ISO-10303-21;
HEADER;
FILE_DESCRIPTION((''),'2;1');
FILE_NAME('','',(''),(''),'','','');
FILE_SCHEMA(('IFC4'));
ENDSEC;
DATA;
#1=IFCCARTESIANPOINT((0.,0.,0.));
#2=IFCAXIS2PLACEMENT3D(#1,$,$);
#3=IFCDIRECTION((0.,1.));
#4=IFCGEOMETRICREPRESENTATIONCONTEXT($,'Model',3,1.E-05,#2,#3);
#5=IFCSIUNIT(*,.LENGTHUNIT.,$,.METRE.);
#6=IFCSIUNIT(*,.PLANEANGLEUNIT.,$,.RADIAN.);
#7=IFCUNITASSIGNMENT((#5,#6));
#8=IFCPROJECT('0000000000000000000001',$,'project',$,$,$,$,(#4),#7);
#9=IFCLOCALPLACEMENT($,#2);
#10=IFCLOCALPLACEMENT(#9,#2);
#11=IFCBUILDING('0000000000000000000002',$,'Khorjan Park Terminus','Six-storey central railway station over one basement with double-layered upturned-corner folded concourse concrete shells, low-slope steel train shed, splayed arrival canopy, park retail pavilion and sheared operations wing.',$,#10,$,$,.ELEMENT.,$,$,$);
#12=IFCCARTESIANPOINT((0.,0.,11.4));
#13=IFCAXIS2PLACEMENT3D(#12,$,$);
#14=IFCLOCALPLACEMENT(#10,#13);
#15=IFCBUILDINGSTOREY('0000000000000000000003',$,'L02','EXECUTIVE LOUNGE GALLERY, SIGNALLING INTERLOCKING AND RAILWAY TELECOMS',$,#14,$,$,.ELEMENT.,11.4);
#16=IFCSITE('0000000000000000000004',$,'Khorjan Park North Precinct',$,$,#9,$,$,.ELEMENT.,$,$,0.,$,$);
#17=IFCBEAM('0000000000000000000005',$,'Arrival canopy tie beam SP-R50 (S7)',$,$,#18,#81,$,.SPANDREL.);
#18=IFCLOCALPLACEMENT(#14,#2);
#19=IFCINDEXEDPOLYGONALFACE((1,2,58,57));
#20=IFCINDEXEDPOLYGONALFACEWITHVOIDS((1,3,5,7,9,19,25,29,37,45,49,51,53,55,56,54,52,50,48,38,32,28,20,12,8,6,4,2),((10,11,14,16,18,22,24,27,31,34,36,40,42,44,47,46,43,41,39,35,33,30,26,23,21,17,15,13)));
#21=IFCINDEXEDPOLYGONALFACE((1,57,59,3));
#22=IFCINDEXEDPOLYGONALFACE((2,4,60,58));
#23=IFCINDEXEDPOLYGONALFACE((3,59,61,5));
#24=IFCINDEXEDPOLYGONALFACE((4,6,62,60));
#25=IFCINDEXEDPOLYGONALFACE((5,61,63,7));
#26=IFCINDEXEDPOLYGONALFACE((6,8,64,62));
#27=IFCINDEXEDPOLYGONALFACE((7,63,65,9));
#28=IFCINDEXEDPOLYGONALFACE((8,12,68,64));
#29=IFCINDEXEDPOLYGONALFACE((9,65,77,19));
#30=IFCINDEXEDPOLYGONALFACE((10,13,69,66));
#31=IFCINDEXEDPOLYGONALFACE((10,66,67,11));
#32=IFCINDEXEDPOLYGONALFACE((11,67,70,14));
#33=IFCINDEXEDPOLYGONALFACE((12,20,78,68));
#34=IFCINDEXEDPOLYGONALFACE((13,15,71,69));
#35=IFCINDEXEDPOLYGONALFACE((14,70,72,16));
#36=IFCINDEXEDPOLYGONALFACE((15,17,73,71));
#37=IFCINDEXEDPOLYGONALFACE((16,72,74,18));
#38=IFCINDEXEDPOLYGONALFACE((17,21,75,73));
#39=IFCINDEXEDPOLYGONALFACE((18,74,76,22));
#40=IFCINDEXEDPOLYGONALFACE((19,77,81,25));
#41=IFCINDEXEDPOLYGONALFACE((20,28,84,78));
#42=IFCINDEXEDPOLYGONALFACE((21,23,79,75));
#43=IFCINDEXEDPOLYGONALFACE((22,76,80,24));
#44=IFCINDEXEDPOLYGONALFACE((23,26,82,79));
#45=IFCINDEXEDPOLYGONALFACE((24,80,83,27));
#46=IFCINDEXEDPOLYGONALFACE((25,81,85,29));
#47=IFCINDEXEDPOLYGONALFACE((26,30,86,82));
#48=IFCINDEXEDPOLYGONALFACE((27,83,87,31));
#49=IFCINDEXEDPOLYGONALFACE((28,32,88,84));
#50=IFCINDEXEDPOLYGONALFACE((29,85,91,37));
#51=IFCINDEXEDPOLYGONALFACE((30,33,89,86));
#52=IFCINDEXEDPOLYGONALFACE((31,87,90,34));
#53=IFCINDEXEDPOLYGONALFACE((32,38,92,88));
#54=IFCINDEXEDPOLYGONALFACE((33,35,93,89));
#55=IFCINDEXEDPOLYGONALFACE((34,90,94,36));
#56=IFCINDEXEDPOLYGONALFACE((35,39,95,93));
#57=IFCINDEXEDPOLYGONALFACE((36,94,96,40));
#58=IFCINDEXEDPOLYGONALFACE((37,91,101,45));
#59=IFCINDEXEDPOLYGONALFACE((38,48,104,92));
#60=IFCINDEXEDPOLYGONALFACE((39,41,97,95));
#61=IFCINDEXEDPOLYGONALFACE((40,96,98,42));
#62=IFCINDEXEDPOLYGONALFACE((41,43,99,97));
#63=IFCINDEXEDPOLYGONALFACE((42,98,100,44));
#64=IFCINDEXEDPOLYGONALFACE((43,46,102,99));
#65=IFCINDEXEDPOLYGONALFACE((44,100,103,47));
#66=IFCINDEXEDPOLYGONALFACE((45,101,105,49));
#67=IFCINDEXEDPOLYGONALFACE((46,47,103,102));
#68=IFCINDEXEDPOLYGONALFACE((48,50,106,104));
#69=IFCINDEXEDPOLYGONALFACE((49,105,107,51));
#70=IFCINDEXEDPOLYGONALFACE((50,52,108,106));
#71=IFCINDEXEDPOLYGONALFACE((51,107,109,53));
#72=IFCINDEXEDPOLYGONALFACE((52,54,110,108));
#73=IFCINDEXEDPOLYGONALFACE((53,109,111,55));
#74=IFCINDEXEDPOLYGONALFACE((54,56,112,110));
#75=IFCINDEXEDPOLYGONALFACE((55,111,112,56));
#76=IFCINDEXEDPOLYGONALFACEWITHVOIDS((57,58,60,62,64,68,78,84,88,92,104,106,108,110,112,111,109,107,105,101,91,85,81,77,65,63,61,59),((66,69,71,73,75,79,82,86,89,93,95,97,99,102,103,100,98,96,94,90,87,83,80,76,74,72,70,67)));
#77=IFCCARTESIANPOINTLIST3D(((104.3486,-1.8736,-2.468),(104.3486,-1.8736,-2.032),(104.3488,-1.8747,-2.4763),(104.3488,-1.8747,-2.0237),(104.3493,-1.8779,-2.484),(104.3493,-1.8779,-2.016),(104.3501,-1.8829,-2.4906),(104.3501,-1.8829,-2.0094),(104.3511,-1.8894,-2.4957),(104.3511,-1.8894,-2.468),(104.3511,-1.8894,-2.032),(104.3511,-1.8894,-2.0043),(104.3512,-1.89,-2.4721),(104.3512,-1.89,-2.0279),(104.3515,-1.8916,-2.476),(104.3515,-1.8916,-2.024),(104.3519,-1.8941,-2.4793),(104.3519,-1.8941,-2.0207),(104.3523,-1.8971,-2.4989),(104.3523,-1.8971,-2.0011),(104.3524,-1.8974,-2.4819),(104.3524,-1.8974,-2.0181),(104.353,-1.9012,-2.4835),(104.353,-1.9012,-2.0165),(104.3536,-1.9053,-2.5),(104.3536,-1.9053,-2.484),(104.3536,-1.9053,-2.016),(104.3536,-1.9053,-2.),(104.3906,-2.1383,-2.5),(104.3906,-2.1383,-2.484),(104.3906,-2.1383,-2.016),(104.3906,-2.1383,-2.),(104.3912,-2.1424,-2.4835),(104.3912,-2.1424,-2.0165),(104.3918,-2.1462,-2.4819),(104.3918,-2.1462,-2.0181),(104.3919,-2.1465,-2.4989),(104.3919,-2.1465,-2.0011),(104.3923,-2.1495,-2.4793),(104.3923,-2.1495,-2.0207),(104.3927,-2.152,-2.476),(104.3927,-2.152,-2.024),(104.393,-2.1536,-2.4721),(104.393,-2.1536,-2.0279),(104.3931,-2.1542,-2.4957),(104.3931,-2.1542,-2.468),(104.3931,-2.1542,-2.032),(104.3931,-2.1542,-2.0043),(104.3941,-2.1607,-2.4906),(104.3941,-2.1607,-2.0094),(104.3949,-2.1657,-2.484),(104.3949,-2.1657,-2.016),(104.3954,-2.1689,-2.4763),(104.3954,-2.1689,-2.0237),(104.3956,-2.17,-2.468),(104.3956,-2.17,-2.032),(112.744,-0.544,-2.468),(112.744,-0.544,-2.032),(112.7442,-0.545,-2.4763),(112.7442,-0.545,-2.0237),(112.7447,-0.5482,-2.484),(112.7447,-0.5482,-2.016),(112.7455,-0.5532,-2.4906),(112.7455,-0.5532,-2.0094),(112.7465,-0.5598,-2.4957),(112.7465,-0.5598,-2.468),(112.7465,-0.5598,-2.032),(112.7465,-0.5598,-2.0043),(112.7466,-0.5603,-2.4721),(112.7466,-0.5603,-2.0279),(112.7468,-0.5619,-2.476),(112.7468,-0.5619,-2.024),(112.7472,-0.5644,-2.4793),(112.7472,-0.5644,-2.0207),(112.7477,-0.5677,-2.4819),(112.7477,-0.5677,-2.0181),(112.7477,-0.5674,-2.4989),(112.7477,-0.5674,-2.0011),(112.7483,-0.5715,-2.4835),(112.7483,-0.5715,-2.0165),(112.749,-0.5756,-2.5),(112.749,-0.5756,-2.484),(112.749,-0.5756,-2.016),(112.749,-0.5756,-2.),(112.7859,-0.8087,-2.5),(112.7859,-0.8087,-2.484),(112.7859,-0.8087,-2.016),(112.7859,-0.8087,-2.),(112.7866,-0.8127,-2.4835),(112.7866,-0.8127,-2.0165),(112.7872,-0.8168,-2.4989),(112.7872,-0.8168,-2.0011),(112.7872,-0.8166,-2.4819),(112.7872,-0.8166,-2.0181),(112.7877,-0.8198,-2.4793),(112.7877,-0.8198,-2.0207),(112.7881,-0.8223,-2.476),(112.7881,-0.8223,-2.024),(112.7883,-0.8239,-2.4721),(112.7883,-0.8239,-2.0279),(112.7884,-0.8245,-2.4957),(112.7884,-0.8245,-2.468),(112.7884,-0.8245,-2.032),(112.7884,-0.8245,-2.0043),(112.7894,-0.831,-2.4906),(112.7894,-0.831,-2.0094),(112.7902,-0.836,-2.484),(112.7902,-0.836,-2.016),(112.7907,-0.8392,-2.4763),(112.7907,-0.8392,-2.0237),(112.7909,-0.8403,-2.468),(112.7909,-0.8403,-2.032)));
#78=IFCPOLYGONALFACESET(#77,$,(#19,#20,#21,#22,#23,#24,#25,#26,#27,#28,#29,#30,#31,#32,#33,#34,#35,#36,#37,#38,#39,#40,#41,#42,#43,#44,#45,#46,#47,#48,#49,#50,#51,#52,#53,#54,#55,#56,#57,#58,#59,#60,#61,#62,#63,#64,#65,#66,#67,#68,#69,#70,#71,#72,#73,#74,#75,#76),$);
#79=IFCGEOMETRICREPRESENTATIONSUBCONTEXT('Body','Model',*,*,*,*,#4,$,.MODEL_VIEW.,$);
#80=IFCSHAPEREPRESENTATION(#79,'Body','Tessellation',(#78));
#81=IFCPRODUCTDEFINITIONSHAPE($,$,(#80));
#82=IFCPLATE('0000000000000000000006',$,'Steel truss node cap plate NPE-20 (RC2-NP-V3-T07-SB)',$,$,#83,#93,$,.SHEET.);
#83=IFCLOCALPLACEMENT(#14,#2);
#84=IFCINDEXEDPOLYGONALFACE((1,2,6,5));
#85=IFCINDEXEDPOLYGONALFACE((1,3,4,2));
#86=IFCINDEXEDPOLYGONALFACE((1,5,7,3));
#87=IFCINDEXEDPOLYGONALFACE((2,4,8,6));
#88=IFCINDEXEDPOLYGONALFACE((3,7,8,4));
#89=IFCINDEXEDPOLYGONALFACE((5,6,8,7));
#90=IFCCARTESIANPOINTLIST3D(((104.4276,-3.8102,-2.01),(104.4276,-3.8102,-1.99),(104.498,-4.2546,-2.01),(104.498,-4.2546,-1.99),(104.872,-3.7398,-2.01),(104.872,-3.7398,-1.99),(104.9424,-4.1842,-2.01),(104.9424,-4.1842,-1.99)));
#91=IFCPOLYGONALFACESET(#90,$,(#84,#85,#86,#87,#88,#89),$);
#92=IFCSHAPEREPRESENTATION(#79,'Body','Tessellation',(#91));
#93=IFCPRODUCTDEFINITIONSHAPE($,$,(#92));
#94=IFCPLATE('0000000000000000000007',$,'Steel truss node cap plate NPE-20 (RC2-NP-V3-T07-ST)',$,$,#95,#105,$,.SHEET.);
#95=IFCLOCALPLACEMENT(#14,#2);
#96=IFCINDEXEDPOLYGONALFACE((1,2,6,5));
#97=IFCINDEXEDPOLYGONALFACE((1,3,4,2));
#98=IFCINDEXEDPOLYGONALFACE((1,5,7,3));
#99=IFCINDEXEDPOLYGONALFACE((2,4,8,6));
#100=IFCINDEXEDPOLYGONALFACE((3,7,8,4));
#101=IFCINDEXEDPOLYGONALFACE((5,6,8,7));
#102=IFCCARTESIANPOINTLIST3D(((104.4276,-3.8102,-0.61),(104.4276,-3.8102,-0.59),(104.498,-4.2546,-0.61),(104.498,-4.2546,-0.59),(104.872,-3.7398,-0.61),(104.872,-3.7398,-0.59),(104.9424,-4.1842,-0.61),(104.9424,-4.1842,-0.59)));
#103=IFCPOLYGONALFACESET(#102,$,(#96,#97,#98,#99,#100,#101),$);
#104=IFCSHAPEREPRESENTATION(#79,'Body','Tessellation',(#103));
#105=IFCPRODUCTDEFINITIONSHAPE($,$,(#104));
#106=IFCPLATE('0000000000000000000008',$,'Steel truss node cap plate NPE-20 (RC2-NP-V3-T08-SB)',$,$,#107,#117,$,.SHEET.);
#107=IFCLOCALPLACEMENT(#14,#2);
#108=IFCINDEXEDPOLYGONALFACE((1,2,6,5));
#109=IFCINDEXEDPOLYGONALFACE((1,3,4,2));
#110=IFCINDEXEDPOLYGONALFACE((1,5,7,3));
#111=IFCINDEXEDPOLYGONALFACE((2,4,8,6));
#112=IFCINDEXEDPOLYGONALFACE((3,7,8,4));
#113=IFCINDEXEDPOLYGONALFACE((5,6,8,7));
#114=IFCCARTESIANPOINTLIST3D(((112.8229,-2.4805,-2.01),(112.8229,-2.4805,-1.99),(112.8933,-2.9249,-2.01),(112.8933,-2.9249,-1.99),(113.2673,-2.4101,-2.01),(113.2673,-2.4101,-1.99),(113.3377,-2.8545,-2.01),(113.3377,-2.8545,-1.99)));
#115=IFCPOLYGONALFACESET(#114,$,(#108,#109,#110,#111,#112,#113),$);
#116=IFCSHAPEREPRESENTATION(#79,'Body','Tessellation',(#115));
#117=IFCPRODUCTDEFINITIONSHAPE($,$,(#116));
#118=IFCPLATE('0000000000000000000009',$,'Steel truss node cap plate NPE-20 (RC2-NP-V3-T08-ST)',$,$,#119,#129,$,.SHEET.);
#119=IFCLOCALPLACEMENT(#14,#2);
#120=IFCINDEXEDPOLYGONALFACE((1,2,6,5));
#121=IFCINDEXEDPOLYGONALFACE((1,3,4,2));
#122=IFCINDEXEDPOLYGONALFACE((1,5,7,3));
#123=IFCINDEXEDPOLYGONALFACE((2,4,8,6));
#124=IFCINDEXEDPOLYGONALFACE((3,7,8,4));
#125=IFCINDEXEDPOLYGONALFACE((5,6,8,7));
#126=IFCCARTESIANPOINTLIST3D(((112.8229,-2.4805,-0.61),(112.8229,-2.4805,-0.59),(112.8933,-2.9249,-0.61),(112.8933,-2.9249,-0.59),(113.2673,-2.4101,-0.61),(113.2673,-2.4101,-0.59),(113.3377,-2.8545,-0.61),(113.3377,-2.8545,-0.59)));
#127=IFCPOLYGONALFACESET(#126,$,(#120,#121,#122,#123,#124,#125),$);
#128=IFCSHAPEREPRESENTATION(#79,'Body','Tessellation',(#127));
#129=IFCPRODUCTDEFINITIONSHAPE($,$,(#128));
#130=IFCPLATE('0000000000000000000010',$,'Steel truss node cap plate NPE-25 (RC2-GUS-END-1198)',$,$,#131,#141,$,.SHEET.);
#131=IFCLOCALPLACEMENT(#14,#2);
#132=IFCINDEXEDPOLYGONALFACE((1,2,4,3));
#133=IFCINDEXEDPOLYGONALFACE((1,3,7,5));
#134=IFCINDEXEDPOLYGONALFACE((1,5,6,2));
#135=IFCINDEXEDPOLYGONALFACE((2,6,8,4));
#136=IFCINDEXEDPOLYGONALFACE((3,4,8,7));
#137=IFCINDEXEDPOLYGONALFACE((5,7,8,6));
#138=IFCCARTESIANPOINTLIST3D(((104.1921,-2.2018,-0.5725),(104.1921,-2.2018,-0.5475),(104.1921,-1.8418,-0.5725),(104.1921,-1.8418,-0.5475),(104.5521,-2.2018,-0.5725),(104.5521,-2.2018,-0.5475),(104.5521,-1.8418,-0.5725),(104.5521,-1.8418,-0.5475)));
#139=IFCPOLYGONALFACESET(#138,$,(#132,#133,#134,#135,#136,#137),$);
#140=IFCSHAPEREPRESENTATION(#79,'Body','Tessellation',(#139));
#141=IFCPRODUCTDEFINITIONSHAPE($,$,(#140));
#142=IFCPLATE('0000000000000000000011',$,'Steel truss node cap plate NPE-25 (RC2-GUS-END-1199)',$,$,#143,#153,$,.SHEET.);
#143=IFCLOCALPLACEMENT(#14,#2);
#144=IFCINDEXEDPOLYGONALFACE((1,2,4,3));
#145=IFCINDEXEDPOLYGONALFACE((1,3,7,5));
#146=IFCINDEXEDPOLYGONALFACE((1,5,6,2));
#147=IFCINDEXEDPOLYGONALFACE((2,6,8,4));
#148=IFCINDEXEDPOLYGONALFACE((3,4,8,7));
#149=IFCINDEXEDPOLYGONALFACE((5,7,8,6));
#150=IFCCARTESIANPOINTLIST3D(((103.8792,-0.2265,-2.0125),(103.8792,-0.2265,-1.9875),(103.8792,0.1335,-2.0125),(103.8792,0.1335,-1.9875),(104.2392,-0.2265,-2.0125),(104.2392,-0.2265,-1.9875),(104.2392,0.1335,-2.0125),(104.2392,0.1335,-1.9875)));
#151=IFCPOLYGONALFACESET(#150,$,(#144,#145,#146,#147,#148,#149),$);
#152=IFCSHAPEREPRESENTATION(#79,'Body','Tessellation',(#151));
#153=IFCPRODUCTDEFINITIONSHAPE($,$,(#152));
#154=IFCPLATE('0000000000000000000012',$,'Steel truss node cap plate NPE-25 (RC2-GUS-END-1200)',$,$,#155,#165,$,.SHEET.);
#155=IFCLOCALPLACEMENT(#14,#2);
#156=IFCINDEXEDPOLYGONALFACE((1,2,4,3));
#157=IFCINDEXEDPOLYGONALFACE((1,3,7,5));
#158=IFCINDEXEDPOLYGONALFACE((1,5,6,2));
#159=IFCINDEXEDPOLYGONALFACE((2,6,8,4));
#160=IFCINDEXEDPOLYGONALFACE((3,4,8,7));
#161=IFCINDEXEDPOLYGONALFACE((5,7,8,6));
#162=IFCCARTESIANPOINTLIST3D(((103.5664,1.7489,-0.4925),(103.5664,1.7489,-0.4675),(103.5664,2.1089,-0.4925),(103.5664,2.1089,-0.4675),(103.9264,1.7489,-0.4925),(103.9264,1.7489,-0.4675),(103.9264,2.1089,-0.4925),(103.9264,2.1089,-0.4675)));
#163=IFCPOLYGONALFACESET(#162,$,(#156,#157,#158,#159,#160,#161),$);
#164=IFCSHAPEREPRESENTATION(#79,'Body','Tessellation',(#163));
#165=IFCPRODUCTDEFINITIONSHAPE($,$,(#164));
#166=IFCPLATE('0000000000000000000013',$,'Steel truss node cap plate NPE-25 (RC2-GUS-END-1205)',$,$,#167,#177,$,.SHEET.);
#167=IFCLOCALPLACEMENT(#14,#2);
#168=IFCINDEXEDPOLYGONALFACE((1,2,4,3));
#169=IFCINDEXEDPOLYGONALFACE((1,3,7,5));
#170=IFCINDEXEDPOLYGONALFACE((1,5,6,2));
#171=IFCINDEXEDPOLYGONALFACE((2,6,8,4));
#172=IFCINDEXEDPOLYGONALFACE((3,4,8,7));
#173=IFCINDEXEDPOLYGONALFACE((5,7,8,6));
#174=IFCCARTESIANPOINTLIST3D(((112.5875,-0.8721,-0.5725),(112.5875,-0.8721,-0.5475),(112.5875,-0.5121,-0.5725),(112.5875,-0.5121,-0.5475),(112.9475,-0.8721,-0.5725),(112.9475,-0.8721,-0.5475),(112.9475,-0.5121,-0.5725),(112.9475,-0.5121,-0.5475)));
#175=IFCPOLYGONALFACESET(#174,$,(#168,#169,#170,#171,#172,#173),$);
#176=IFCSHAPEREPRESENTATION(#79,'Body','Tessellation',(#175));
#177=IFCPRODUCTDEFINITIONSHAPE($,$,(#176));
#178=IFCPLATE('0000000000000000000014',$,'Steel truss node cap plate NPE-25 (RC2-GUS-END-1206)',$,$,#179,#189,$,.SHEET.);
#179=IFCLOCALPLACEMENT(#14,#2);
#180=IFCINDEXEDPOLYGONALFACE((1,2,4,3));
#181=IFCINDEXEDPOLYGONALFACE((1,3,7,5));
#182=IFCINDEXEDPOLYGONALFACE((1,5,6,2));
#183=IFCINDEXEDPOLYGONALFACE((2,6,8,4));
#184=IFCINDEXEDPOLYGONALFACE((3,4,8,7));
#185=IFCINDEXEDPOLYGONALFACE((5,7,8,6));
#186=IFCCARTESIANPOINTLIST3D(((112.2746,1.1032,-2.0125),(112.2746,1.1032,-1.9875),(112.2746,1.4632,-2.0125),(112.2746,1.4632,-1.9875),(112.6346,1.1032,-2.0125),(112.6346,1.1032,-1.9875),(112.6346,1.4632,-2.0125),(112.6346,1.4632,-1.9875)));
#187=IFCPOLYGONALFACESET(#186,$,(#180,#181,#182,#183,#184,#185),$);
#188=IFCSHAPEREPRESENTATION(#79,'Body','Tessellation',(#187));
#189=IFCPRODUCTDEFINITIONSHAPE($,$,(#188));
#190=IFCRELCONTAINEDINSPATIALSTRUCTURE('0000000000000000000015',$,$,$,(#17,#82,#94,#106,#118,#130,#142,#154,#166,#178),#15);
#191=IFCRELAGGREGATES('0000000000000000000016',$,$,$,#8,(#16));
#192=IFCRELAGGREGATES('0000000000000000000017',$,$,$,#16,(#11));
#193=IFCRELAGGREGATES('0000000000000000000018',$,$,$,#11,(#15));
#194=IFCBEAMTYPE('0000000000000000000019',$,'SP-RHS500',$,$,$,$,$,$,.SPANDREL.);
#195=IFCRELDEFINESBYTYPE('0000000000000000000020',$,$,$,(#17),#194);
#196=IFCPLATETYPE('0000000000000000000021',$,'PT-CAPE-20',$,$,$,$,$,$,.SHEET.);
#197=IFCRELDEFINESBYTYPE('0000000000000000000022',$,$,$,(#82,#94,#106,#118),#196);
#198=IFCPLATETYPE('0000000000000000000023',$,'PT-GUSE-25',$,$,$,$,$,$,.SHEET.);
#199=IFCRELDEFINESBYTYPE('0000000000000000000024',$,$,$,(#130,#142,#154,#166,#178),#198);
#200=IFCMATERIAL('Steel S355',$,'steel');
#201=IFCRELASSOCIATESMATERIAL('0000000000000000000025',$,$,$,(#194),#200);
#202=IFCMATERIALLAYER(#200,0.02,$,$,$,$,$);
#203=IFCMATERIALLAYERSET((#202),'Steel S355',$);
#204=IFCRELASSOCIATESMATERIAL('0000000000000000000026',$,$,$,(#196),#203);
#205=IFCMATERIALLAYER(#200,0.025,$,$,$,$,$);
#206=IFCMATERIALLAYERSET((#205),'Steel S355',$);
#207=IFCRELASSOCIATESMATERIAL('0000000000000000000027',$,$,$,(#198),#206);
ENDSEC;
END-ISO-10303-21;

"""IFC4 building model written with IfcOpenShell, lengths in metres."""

from ifc_helpers import new_model, si_unit, direction, frame, origin, origin_2d, place, context, subcontext, project, spatial, rectangle, hollow_rectangle, extrude, material, layer, layer_set, material_profile, profile_set, type_object, element, save


model = new_model("IFC4")

# Units and contexts
model_context = context("Model", 3, precision=1e-05, world=origin(), true_north=direction((0.0, 1.0)))
body_context = subcontext(model_context, "Body", "Model", "MODEL_VIEW")
ifc_project = project(units=[si_unit("LENGTHUNIT", "METRE"), si_unit("PLANEANGLEUNIT", "RADIAN")], contexts=[model_context])

# Site, building, storey
site_placement = place(None, origin())
site = spatial("IfcSite", under=ifc_project, at=site_placement, Name="Khorjan Park North Precinct", CompositionType="ELEMENT", RefElevation=0.0)
building_placement = place(site_placement, origin())
building = spatial("IfcBuilding", under=site, at=building_placement, Name="Khorjan Park Terminus", Description="Six-storey central railway station over one basement with double-layered upturned-corner folded concourse concrete shells, low-slope steel train shed, splayed arrival canopy, park retail pavilion and sheared operations wing.", CompositionType="ELEMENT")
storey_placement = place(building_placement, frame((0.0, 0.0, 11.4)))
storey = spatial("IfcBuildingStorey", under=building, at=storey_placement, Name="L02", Description="EXECUTIVE LOUNGE GALLERY, SIGNALLING INTERLOCKING AND RAILWAY TELECOMS", CompositionType="ELEMENT", Elevation=11.4)

# Shared definitions
ifc_material = material(Name="Steel S355", Category="steel")

# Beam
ifc_material_profile_1 = material_profile(ifc_material, hollow_rectangle(XDim=0.3, YDim=0.5, WallThickness=0.016, InnerFilletRadius=0.016, OuterFilletRadius=0.032, at=origin_2d()), Name="RHS 500x300x16")
ifc_profile_set_1 = profile_set([ifc_material_profile_1], Name="Steel S355")
beam_type_1 = type_object("IfcBeamType", Name="SP-RHS500", PredefinedType="SPANDREL", material=ifc_profile_set_1)
beam_1_placement = place(storey_placement, frame((104.3721, -2.0218, -2.25), z_axis=(0.987688, 0.156434, 0.0), x_axis=(-0.156434, 0.987688, 0.0)))
element("IfcBeam", 1, at=beam_1_placement, inside=storey, type_object=beam_type_1, Name="Arrival canopy tie beam SP-R50 (S7)", PredefinedType="SPANDREL", context=body_context, shape_type="SweptSolid", body=[
    extrude(hollow_rectangle(XDim=0.3, YDim=0.5, WallThickness=0.016, InnerFilletRadius=0.016, OuterFilletRadius=0.032, at=origin_2d()), origin(), (0.0, 0.0, 1.0), 8.5),
])

# Plates
ifc_layer_1 = layer(ifc_material, 0.02)
ifc_layer_set_1 = layer_set([ifc_layer_1], Name="Steel S355")
plate_type_1 = type_object("IfcPlateType", Name="PT-CAPE-20", PredefinedType="SHEET", material=ifc_layer_set_1)
for number, where, z_axis, x_axis, name in (
    (2, (104.685, -3.9972, -2.01), (0.0, 0.0, 1.0), (0.987688, 0.156434, 0.0), "Steel truss node cap plate NPE-20 (RC2-NP-V3-T07-SB)"),
    (3, (104.685, -3.9972, -0.61), (0.0, 0.0, 1.0), (0.987688, 0.156434, 0.0), "Steel truss node cap plate NPE-20 (RC2-NP-V3-T07-ST)"),
    (4, (113.0803, -2.6675, -2.01), (0.0, 0.0, 1.0), (0.987688, 0.156434, 0.0), "Steel truss node cap plate NPE-20 (RC2-NP-V3-T08-SB)"),
    (5, (113.0803, -2.6675, -0.61), (0.0, 0.0, 1.0), (0.987688, 0.156434, 0.0), "Steel truss node cap plate NPE-20 (RC2-NP-V3-T08-ST)"),
):
    element("IfcPlate", number, at=place(storey_placement, frame(where, z_axis=z_axis, x_axis=x_axis)), inside=storey, type_object=plate_type_1, Name=name, PredefinedType="SHEET", context=body_context, shape_type="SweptSolid", body=[
        extrude(rectangle(XDim=0.45, YDim=0.45, at=origin_2d()), origin(), (0.0, 0.0, 1.0), 0.02),
    ])
ifc_layer_2 = layer(ifc_material, 0.025)
ifc_layer_set_2 = layer_set([ifc_layer_2], Name="Steel S355")
plate_type_2 = type_object("IfcPlateType", Name="PT-GUSE-25", PredefinedType="SHEET", material=ifc_layer_set_2)
for number, where, z_axis, x_axis, name in (
    (6, (104.3721, -2.0218, -0.5725), (0.0, 0.0, 1.0), (1.0, 0.0, 0.0), "Steel truss node cap plate NPE-25 (RC2-GUS-END-1198)"),
    (7, (104.0592, -0.0465, -2.0125), (0.0, 0.0, 1.0), (1.0, 0.0, 0.0), "Steel truss node cap plate NPE-25 (RC2-GUS-END-1199)"),
    (8, (103.7464, 1.9289, -0.4925), (0.0, 0.0, 1.0), (1.0, 0.0, 0.0), "Steel truss node cap plate NPE-25 (RC2-GUS-END-1200)"),
    (9, (112.7675, -0.6921, -0.5725), (0.0, 0.0, 1.0), (1.0, 0.0, 0.0), "Steel truss node cap plate NPE-25 (RC2-GUS-END-1205)"),
    (10, (112.4546, 1.2832, -2.0125), (0.0, 0.0, 1.0), (1.0, 0.0, 0.0), "Steel truss node cap plate NPE-25 (RC2-GUS-END-1206)"),
):
    element("IfcPlate", number, at=place(storey_placement, frame(where, z_axis=z_axis, x_axis=x_axis)), inside=storey, type_object=plate_type_2, Name=name, PredefinedType="SHEET", context=body_context, shape_type="SweptSolid", body=[
        extrude(rectangle(XDim=0.36, YDim=0.36, at=origin_2d()), origin(), (0.0, 0.0, 1.0), 0.025),
    ])

save(model, "model.ifc")
